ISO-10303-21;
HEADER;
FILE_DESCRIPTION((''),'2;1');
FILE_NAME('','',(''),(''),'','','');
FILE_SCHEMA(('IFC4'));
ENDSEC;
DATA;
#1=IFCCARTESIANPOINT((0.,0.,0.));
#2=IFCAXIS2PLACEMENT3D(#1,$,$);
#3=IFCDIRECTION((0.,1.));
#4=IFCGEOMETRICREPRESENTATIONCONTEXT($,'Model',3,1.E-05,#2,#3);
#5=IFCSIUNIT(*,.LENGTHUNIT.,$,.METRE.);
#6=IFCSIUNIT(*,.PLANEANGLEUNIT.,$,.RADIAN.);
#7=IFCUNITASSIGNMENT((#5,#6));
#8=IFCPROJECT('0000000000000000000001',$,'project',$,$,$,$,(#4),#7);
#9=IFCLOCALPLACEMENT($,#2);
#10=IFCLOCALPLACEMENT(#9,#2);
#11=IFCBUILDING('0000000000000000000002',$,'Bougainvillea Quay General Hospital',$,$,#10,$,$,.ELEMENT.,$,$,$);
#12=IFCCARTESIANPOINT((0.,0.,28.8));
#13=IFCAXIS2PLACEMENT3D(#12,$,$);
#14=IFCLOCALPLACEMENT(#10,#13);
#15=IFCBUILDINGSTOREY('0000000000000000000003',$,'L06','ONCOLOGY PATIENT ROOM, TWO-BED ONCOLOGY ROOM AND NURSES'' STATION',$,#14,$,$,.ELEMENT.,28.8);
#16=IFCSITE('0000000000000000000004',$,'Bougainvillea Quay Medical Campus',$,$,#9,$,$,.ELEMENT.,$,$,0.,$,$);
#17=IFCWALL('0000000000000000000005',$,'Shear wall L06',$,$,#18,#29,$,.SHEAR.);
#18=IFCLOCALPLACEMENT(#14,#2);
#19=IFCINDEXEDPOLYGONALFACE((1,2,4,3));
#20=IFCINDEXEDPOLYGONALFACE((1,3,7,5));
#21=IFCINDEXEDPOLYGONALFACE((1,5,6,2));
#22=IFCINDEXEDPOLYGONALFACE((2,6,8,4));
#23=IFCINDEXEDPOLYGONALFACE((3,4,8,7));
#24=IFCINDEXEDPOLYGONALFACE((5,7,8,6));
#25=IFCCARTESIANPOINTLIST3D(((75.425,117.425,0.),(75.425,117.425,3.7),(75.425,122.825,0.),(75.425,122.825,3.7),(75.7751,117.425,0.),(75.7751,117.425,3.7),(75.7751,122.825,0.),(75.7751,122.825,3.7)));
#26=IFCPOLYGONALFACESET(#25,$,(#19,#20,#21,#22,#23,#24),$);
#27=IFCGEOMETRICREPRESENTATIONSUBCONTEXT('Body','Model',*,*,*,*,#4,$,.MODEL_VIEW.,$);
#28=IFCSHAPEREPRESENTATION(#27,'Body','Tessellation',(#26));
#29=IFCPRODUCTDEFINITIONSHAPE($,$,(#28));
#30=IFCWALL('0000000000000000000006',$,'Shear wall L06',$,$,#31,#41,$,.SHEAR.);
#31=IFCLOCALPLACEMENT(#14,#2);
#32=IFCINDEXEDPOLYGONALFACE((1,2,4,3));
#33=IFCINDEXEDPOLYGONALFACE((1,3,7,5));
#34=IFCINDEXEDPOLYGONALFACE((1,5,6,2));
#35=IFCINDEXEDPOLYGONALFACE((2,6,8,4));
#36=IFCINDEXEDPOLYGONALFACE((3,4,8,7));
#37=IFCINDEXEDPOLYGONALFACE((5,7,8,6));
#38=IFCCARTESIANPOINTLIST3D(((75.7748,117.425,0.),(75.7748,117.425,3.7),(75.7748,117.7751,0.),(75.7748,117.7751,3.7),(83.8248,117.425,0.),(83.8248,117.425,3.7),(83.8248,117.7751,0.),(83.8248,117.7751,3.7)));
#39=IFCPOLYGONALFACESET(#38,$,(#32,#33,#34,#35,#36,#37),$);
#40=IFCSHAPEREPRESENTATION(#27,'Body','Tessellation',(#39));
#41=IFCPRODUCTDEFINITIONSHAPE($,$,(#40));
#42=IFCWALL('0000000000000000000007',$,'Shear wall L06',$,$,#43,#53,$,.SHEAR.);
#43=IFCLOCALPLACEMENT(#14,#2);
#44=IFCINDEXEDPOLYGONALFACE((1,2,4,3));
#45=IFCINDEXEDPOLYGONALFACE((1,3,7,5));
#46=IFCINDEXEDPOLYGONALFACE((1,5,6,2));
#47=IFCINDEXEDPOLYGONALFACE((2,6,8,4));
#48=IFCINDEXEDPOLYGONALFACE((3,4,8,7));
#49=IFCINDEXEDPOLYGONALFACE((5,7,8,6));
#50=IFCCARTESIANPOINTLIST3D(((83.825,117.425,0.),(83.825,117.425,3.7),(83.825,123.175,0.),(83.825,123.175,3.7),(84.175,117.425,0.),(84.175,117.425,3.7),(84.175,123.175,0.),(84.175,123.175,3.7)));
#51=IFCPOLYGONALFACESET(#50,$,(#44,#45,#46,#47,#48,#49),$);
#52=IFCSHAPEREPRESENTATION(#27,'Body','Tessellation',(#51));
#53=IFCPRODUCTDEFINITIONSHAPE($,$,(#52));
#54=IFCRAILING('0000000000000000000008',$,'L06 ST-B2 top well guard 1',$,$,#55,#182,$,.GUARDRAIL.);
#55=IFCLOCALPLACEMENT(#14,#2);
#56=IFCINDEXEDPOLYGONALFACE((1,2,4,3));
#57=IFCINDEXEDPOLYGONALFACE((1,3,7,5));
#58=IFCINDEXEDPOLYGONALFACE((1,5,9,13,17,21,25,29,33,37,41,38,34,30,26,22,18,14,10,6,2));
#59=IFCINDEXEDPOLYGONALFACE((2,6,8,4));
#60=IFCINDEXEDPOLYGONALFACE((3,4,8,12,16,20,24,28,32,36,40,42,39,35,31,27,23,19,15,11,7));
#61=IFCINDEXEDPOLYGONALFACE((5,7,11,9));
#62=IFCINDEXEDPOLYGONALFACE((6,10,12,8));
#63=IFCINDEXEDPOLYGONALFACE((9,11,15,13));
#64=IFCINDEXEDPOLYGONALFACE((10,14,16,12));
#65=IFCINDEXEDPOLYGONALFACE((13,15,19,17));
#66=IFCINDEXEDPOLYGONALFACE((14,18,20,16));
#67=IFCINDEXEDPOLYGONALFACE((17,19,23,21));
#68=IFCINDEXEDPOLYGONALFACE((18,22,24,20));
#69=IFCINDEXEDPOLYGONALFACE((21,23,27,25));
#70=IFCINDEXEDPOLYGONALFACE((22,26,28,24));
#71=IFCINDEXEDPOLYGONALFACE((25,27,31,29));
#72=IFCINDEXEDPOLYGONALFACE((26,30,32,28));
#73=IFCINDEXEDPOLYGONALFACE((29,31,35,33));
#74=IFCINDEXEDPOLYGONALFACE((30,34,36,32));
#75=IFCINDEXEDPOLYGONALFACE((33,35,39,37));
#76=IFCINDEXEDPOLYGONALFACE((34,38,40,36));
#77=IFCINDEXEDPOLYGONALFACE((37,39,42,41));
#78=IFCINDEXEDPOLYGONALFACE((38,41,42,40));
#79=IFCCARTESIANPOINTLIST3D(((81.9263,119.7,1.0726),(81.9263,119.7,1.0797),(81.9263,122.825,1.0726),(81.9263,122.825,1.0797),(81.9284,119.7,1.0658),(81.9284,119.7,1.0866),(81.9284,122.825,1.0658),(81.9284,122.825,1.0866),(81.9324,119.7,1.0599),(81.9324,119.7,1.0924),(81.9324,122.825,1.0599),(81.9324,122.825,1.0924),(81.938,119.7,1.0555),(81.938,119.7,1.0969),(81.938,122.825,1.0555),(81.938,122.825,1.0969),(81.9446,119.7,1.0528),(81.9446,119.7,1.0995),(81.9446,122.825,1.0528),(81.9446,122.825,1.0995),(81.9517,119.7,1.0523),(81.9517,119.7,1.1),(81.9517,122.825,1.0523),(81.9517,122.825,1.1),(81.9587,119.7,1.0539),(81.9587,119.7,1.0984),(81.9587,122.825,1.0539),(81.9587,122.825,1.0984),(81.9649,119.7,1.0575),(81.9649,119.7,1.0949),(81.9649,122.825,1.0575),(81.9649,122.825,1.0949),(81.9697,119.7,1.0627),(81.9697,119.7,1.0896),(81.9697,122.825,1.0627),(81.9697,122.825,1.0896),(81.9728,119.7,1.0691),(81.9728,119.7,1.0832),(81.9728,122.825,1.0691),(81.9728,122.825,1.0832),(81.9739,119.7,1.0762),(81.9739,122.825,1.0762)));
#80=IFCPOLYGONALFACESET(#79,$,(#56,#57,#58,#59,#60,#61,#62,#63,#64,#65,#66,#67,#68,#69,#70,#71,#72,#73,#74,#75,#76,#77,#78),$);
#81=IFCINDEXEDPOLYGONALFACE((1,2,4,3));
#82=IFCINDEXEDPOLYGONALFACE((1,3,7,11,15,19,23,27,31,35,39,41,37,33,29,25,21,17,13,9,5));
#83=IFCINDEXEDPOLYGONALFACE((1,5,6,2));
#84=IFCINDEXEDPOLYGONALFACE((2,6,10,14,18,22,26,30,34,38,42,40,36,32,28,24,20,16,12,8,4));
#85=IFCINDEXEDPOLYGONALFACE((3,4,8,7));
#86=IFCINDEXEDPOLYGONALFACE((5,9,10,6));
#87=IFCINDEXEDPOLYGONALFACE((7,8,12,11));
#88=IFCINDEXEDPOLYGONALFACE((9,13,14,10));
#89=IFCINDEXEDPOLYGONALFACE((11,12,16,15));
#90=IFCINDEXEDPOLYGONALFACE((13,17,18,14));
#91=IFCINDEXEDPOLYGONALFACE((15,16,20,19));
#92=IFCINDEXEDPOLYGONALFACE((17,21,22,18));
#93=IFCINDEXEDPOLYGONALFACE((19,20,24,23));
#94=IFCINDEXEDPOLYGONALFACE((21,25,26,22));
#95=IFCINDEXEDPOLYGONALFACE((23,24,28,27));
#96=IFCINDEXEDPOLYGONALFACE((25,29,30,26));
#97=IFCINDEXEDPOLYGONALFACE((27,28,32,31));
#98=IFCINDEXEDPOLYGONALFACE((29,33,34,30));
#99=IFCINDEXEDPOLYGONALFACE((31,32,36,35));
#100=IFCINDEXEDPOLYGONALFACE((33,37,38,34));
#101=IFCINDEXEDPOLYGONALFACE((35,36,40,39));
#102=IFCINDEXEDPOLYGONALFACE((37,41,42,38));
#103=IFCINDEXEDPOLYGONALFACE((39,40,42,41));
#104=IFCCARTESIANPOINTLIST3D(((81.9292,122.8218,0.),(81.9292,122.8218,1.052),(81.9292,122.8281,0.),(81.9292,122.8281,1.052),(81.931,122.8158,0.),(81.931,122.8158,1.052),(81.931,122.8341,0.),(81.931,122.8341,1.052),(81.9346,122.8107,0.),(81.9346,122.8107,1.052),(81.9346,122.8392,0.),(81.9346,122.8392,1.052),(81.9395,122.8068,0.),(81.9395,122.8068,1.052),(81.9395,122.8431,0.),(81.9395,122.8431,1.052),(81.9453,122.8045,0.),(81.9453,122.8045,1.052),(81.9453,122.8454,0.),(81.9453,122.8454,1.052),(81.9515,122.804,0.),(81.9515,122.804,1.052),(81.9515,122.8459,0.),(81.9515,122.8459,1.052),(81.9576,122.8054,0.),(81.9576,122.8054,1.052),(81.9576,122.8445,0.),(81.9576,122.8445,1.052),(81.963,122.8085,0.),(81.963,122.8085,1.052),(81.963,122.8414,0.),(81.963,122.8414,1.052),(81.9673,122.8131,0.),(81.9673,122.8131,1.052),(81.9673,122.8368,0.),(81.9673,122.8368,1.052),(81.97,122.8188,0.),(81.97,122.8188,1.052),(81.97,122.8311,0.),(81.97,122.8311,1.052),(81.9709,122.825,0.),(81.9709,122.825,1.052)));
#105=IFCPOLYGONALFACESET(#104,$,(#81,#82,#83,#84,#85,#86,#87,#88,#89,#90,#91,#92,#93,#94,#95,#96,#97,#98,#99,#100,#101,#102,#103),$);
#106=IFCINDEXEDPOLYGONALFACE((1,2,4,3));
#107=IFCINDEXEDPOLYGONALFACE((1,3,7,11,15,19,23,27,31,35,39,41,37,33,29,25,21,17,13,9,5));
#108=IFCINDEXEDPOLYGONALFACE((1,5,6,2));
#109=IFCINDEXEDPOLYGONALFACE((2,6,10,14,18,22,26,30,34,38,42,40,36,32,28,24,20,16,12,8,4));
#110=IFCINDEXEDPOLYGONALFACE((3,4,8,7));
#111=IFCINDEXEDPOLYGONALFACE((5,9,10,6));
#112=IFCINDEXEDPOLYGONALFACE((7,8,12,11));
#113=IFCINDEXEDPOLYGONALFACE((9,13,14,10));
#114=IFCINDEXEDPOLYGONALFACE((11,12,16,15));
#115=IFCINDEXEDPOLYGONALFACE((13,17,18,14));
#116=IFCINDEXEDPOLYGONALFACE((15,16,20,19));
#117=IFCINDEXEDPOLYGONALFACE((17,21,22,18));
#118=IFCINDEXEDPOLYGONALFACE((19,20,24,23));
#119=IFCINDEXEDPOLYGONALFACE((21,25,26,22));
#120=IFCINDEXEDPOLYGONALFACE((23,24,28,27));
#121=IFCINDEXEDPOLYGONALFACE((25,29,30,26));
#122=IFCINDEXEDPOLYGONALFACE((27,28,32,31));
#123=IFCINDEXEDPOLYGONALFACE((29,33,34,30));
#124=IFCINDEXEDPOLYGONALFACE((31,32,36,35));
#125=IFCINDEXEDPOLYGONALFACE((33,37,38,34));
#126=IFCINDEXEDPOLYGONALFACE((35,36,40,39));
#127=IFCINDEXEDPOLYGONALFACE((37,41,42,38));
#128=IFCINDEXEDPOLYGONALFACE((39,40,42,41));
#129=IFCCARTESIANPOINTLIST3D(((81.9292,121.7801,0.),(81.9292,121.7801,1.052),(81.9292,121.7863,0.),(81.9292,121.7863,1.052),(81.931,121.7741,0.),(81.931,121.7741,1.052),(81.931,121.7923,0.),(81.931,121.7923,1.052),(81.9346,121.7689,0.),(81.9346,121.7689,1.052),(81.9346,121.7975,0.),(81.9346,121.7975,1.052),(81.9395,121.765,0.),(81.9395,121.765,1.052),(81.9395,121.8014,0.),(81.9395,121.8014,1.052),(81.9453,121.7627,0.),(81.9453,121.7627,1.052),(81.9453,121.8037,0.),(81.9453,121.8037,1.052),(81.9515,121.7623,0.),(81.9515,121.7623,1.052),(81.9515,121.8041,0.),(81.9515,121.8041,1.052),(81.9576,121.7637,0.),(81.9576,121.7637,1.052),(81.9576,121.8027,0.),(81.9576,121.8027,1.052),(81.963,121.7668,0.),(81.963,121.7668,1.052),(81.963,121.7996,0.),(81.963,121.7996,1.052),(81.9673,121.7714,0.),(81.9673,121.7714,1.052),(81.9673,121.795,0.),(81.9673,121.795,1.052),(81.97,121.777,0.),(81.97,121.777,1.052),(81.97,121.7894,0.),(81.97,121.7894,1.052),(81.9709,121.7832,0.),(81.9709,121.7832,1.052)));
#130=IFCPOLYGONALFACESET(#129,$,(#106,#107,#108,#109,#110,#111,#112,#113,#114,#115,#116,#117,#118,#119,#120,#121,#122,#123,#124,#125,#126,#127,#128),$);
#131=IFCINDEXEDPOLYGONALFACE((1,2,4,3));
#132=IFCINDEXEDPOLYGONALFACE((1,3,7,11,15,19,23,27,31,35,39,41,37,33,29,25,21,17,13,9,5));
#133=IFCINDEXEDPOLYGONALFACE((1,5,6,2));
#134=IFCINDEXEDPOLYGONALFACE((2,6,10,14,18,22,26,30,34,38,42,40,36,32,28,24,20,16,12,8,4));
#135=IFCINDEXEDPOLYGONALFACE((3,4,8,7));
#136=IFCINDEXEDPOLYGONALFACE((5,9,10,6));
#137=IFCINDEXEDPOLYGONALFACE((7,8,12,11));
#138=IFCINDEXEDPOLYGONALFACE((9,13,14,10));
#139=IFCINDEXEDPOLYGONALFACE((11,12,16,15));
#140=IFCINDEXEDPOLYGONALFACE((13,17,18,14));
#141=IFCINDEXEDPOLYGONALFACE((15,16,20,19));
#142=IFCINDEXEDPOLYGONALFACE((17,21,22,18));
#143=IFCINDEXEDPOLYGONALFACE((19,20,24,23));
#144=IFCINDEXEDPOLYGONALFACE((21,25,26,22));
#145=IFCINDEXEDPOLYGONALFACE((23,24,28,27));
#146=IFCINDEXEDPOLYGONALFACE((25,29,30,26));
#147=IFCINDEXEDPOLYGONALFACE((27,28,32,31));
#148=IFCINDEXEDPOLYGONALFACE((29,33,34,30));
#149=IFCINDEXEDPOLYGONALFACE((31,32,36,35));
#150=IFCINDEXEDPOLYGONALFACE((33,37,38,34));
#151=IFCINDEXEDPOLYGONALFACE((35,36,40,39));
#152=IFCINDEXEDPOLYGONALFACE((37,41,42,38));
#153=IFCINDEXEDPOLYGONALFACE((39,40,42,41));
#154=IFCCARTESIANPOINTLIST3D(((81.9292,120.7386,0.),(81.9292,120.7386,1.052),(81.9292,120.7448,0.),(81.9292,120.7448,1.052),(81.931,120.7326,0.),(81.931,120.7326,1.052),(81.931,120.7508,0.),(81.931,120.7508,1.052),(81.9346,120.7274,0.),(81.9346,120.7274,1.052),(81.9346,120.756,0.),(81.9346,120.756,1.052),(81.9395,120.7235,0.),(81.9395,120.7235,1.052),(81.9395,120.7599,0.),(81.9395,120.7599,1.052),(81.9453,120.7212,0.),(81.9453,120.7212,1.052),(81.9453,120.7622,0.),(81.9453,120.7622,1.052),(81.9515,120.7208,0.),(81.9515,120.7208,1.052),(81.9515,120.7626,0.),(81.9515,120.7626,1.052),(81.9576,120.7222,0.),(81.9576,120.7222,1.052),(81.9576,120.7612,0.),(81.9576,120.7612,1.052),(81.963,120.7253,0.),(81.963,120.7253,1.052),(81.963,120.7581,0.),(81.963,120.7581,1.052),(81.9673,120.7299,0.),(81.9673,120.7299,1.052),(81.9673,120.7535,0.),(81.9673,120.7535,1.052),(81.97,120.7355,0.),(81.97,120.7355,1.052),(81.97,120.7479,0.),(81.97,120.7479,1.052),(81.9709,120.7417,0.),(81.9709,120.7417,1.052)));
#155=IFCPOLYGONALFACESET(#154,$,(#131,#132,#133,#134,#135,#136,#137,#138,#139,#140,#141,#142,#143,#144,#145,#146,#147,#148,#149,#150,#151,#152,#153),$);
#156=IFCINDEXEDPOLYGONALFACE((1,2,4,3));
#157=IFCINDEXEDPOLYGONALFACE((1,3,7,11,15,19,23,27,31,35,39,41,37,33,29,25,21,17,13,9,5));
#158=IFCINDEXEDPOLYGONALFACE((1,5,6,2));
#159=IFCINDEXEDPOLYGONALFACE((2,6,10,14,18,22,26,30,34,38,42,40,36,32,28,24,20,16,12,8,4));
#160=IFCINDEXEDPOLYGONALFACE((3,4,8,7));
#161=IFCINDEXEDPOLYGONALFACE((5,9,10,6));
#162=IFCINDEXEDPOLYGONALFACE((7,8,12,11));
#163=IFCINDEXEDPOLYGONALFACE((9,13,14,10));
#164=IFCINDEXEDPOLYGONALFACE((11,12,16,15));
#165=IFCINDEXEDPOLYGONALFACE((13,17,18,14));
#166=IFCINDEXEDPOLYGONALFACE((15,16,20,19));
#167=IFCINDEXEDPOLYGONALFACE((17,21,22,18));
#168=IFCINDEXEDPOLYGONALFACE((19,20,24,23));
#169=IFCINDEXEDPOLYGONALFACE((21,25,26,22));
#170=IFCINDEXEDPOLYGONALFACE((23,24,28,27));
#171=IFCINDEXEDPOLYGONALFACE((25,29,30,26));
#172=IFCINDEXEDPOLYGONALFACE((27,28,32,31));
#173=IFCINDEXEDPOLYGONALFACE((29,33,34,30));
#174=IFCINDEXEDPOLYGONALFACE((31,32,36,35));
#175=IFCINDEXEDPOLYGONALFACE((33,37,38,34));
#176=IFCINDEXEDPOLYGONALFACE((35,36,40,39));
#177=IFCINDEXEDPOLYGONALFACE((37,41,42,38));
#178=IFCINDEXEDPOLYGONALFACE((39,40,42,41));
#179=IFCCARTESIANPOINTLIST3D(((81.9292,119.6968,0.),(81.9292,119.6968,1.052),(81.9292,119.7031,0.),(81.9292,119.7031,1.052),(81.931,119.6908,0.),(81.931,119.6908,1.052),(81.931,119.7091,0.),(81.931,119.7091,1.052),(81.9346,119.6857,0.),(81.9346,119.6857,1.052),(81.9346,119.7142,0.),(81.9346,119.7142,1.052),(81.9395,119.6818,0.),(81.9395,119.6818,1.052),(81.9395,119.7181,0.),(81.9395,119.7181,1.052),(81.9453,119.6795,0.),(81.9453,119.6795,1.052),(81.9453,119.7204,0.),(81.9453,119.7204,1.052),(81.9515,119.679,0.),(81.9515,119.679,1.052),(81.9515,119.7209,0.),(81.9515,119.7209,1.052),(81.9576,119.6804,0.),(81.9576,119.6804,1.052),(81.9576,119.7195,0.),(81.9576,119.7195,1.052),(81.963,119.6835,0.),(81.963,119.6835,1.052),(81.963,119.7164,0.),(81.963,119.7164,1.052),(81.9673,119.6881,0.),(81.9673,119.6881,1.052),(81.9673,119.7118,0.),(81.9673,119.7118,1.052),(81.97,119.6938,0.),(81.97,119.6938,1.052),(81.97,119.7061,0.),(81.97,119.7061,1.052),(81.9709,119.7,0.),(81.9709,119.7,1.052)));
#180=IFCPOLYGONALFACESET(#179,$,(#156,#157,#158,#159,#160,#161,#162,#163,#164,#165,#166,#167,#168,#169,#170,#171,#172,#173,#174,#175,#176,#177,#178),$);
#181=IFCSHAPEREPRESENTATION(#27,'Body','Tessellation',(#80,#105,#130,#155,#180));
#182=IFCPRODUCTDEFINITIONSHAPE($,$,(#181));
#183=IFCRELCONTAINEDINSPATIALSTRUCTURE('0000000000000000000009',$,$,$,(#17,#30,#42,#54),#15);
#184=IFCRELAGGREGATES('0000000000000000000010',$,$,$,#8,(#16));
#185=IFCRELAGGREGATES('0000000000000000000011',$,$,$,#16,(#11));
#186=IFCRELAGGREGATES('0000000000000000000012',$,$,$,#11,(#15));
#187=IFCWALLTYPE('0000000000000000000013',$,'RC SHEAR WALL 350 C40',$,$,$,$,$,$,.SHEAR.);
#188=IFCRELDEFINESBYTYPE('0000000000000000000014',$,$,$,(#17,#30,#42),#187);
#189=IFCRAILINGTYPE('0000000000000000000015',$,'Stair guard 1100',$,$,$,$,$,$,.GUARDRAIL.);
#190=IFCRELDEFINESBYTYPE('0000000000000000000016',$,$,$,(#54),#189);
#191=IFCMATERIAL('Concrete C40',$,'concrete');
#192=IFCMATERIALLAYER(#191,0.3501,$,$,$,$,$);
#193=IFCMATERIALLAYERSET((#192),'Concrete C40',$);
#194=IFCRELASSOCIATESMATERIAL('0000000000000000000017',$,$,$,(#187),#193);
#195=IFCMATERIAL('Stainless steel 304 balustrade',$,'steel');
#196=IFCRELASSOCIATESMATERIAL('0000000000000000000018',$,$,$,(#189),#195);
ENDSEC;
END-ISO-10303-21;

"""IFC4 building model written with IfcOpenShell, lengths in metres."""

from ifc_helpers import new_model, si_unit, direction, frame, frame_2d, origin, origin_2d, place, context, subcontext, project, spatial, rectangle, circle, extrude, material, layer, layer_set, type_object, element, save


model = new_model("IFC4")

# Units and contexts
model_context = context("Model", 3, precision=1e-05, world=origin(), true_north=direction((0.0, 1.0)))
body_context = subcontext(model_context, "Body", "Model", "MODEL_VIEW")
ifc_project = project(units=[si_unit("LENGTHUNIT", "METRE"), si_unit("PLANEANGLEUNIT", "RADIAN")], contexts=[model_context])

# Site, building, storey
site_placement = place(None, origin())
site = spatial("IfcSite", under=ifc_project, at=site_placement, Name="Bougainvillea Quay Medical Campus", CompositionType="ELEMENT", RefElevation=0.0)
building_placement = place(site_placement, origin())
building = spatial("IfcBuilding", under=site, at=building_placement, Name="Bougainvillea Quay General Hospital", CompositionType="ELEMENT")
storey_placement = place(building_placement, frame((0.0, 0.0, 28.8)))
storey = spatial("IfcBuildingStorey", under=building, at=storey_placement, Name="L06", Description="ONCOLOGY PATIENT ROOM, TWO-BED ONCOLOGY ROOM AND NURSES' STATION", CompositionType="ELEMENT", Elevation=28.8)

# Shared definitions
ifc_material_1 = material(Name="Concrete C40", Category="concrete")

# Shared definitions
ifc_layer_1 = layer(ifc_material_1, 0.3501)
ifc_layer_set_1 = layer_set([ifc_layer_1], Name="Concrete C40")
wall_type_1 = type_object("IfcWallType", Name="RC SHEAR WALL 350 C40", PredefinedType="SHEAR", material=ifc_layer_set_1)

# Walls
wall_1_placement = place(storey_placement, frame((75.6001, 117.425, 0.0), z_axis=(0.0, 0.0, 1.0), x_axis=(0.0, 1.0, 0.0)))
element("IfcWall", 1, at=wall_1_placement, inside=storey, type_object=wall_type_1, Name="Shear wall L06", PredefinedType="SHEAR", context=body_context, shape_type="SweptSolid", body=[
    extrude(rectangle(XDim=5.3999, YDim=0.3501, at=frame_2d((2.7, 0.0))), origin(), (0.0, 0.0, 1.0), 3.7),
])
wall_2_placement = place(storey_placement, frame((75.7749, 117.6001, 0.0), z_axis=(0.0, 0.0, 1.0), x_axis=(1.0, 0.0, 0.0)))
element("IfcWall", 2, at=wall_2_placement, inside=storey, type_object=wall_type_1, Name="Shear wall L06", PredefinedType="SHEAR", context=body_context, shape_type="SweptSolid", body=[
    extrude(rectangle(XDim=8.05, YDim=0.3501, at=frame_2d((4.0249, 0.0))), origin(), (0.0, 0.0, 1.0), 3.7),
])
wall_3_placement = place(storey_placement, frame((84.0, 117.425, 0.0), z_axis=(0.0, 0.0, 1.0), x_axis=(0.0, 1.0, 0.0)))
element("IfcWall", 3, at=wall_3_placement, inside=storey, type_object=wall_type_1, Name="Shear wall L06", PredefinedType="SHEAR", context=body_context, shape_type="SweptSolid", body=[
    extrude(rectangle(XDim=5.75, YDim=0.3501, at=frame_2d((2.875, 0.0))), origin(), (0.0, 0.0, 1.0), 3.7),
])

# Railing
ifc_material_2 = material(Name="Stainless steel 304 balustrade", Category="steel")
railing_type_1 = type_object("IfcRailingType", Name="Stair guard 1100", PredefinedType="GUARDRAIL", material=ifc_material_2)
railing_1_placement = place(storey_placement, frame((81.95, 122.825, 0.0)))
element("IfcRailing", 4, at=railing_1_placement, inside=storey, type_object=railing_type_1, Name="L06 ST-B2 top well guard 1", PredefinedType="GUARDRAIL", context=body_context, shape_type="SweptSolid", body=[
    extrude(circle(Radius=0.0239, at=origin_2d()), frame((0.0, 0.0, 1.0762), z_axis=(0.0, -1.0, 0.0), x_axis=(1.0, 0.0, 0.0)), (0.0, 0.0, 1.0), 3.125),
    extrude(circle(Radius=0.021, at=origin_2d()), origin(), (0.0, 0.0, 1.0), 1.052),
    extrude(circle(Radius=0.021, at=origin_2d()), frame((0.0, -1.0417, 0.0)), (0.0, 0.0, 1.0), 1.052),
    extrude(circle(Radius=0.021, at=origin_2d()), frame((0.0, -2.0833, 0.0)), (0.0, 0.0, 1.0), 1.052),
    extrude(circle(Radius=0.021, at=origin_2d()), frame((0.0, -3.125, 0.0)), (0.0, 0.0, 1.0), 1.052),
])

save(model, "model.ifc")
